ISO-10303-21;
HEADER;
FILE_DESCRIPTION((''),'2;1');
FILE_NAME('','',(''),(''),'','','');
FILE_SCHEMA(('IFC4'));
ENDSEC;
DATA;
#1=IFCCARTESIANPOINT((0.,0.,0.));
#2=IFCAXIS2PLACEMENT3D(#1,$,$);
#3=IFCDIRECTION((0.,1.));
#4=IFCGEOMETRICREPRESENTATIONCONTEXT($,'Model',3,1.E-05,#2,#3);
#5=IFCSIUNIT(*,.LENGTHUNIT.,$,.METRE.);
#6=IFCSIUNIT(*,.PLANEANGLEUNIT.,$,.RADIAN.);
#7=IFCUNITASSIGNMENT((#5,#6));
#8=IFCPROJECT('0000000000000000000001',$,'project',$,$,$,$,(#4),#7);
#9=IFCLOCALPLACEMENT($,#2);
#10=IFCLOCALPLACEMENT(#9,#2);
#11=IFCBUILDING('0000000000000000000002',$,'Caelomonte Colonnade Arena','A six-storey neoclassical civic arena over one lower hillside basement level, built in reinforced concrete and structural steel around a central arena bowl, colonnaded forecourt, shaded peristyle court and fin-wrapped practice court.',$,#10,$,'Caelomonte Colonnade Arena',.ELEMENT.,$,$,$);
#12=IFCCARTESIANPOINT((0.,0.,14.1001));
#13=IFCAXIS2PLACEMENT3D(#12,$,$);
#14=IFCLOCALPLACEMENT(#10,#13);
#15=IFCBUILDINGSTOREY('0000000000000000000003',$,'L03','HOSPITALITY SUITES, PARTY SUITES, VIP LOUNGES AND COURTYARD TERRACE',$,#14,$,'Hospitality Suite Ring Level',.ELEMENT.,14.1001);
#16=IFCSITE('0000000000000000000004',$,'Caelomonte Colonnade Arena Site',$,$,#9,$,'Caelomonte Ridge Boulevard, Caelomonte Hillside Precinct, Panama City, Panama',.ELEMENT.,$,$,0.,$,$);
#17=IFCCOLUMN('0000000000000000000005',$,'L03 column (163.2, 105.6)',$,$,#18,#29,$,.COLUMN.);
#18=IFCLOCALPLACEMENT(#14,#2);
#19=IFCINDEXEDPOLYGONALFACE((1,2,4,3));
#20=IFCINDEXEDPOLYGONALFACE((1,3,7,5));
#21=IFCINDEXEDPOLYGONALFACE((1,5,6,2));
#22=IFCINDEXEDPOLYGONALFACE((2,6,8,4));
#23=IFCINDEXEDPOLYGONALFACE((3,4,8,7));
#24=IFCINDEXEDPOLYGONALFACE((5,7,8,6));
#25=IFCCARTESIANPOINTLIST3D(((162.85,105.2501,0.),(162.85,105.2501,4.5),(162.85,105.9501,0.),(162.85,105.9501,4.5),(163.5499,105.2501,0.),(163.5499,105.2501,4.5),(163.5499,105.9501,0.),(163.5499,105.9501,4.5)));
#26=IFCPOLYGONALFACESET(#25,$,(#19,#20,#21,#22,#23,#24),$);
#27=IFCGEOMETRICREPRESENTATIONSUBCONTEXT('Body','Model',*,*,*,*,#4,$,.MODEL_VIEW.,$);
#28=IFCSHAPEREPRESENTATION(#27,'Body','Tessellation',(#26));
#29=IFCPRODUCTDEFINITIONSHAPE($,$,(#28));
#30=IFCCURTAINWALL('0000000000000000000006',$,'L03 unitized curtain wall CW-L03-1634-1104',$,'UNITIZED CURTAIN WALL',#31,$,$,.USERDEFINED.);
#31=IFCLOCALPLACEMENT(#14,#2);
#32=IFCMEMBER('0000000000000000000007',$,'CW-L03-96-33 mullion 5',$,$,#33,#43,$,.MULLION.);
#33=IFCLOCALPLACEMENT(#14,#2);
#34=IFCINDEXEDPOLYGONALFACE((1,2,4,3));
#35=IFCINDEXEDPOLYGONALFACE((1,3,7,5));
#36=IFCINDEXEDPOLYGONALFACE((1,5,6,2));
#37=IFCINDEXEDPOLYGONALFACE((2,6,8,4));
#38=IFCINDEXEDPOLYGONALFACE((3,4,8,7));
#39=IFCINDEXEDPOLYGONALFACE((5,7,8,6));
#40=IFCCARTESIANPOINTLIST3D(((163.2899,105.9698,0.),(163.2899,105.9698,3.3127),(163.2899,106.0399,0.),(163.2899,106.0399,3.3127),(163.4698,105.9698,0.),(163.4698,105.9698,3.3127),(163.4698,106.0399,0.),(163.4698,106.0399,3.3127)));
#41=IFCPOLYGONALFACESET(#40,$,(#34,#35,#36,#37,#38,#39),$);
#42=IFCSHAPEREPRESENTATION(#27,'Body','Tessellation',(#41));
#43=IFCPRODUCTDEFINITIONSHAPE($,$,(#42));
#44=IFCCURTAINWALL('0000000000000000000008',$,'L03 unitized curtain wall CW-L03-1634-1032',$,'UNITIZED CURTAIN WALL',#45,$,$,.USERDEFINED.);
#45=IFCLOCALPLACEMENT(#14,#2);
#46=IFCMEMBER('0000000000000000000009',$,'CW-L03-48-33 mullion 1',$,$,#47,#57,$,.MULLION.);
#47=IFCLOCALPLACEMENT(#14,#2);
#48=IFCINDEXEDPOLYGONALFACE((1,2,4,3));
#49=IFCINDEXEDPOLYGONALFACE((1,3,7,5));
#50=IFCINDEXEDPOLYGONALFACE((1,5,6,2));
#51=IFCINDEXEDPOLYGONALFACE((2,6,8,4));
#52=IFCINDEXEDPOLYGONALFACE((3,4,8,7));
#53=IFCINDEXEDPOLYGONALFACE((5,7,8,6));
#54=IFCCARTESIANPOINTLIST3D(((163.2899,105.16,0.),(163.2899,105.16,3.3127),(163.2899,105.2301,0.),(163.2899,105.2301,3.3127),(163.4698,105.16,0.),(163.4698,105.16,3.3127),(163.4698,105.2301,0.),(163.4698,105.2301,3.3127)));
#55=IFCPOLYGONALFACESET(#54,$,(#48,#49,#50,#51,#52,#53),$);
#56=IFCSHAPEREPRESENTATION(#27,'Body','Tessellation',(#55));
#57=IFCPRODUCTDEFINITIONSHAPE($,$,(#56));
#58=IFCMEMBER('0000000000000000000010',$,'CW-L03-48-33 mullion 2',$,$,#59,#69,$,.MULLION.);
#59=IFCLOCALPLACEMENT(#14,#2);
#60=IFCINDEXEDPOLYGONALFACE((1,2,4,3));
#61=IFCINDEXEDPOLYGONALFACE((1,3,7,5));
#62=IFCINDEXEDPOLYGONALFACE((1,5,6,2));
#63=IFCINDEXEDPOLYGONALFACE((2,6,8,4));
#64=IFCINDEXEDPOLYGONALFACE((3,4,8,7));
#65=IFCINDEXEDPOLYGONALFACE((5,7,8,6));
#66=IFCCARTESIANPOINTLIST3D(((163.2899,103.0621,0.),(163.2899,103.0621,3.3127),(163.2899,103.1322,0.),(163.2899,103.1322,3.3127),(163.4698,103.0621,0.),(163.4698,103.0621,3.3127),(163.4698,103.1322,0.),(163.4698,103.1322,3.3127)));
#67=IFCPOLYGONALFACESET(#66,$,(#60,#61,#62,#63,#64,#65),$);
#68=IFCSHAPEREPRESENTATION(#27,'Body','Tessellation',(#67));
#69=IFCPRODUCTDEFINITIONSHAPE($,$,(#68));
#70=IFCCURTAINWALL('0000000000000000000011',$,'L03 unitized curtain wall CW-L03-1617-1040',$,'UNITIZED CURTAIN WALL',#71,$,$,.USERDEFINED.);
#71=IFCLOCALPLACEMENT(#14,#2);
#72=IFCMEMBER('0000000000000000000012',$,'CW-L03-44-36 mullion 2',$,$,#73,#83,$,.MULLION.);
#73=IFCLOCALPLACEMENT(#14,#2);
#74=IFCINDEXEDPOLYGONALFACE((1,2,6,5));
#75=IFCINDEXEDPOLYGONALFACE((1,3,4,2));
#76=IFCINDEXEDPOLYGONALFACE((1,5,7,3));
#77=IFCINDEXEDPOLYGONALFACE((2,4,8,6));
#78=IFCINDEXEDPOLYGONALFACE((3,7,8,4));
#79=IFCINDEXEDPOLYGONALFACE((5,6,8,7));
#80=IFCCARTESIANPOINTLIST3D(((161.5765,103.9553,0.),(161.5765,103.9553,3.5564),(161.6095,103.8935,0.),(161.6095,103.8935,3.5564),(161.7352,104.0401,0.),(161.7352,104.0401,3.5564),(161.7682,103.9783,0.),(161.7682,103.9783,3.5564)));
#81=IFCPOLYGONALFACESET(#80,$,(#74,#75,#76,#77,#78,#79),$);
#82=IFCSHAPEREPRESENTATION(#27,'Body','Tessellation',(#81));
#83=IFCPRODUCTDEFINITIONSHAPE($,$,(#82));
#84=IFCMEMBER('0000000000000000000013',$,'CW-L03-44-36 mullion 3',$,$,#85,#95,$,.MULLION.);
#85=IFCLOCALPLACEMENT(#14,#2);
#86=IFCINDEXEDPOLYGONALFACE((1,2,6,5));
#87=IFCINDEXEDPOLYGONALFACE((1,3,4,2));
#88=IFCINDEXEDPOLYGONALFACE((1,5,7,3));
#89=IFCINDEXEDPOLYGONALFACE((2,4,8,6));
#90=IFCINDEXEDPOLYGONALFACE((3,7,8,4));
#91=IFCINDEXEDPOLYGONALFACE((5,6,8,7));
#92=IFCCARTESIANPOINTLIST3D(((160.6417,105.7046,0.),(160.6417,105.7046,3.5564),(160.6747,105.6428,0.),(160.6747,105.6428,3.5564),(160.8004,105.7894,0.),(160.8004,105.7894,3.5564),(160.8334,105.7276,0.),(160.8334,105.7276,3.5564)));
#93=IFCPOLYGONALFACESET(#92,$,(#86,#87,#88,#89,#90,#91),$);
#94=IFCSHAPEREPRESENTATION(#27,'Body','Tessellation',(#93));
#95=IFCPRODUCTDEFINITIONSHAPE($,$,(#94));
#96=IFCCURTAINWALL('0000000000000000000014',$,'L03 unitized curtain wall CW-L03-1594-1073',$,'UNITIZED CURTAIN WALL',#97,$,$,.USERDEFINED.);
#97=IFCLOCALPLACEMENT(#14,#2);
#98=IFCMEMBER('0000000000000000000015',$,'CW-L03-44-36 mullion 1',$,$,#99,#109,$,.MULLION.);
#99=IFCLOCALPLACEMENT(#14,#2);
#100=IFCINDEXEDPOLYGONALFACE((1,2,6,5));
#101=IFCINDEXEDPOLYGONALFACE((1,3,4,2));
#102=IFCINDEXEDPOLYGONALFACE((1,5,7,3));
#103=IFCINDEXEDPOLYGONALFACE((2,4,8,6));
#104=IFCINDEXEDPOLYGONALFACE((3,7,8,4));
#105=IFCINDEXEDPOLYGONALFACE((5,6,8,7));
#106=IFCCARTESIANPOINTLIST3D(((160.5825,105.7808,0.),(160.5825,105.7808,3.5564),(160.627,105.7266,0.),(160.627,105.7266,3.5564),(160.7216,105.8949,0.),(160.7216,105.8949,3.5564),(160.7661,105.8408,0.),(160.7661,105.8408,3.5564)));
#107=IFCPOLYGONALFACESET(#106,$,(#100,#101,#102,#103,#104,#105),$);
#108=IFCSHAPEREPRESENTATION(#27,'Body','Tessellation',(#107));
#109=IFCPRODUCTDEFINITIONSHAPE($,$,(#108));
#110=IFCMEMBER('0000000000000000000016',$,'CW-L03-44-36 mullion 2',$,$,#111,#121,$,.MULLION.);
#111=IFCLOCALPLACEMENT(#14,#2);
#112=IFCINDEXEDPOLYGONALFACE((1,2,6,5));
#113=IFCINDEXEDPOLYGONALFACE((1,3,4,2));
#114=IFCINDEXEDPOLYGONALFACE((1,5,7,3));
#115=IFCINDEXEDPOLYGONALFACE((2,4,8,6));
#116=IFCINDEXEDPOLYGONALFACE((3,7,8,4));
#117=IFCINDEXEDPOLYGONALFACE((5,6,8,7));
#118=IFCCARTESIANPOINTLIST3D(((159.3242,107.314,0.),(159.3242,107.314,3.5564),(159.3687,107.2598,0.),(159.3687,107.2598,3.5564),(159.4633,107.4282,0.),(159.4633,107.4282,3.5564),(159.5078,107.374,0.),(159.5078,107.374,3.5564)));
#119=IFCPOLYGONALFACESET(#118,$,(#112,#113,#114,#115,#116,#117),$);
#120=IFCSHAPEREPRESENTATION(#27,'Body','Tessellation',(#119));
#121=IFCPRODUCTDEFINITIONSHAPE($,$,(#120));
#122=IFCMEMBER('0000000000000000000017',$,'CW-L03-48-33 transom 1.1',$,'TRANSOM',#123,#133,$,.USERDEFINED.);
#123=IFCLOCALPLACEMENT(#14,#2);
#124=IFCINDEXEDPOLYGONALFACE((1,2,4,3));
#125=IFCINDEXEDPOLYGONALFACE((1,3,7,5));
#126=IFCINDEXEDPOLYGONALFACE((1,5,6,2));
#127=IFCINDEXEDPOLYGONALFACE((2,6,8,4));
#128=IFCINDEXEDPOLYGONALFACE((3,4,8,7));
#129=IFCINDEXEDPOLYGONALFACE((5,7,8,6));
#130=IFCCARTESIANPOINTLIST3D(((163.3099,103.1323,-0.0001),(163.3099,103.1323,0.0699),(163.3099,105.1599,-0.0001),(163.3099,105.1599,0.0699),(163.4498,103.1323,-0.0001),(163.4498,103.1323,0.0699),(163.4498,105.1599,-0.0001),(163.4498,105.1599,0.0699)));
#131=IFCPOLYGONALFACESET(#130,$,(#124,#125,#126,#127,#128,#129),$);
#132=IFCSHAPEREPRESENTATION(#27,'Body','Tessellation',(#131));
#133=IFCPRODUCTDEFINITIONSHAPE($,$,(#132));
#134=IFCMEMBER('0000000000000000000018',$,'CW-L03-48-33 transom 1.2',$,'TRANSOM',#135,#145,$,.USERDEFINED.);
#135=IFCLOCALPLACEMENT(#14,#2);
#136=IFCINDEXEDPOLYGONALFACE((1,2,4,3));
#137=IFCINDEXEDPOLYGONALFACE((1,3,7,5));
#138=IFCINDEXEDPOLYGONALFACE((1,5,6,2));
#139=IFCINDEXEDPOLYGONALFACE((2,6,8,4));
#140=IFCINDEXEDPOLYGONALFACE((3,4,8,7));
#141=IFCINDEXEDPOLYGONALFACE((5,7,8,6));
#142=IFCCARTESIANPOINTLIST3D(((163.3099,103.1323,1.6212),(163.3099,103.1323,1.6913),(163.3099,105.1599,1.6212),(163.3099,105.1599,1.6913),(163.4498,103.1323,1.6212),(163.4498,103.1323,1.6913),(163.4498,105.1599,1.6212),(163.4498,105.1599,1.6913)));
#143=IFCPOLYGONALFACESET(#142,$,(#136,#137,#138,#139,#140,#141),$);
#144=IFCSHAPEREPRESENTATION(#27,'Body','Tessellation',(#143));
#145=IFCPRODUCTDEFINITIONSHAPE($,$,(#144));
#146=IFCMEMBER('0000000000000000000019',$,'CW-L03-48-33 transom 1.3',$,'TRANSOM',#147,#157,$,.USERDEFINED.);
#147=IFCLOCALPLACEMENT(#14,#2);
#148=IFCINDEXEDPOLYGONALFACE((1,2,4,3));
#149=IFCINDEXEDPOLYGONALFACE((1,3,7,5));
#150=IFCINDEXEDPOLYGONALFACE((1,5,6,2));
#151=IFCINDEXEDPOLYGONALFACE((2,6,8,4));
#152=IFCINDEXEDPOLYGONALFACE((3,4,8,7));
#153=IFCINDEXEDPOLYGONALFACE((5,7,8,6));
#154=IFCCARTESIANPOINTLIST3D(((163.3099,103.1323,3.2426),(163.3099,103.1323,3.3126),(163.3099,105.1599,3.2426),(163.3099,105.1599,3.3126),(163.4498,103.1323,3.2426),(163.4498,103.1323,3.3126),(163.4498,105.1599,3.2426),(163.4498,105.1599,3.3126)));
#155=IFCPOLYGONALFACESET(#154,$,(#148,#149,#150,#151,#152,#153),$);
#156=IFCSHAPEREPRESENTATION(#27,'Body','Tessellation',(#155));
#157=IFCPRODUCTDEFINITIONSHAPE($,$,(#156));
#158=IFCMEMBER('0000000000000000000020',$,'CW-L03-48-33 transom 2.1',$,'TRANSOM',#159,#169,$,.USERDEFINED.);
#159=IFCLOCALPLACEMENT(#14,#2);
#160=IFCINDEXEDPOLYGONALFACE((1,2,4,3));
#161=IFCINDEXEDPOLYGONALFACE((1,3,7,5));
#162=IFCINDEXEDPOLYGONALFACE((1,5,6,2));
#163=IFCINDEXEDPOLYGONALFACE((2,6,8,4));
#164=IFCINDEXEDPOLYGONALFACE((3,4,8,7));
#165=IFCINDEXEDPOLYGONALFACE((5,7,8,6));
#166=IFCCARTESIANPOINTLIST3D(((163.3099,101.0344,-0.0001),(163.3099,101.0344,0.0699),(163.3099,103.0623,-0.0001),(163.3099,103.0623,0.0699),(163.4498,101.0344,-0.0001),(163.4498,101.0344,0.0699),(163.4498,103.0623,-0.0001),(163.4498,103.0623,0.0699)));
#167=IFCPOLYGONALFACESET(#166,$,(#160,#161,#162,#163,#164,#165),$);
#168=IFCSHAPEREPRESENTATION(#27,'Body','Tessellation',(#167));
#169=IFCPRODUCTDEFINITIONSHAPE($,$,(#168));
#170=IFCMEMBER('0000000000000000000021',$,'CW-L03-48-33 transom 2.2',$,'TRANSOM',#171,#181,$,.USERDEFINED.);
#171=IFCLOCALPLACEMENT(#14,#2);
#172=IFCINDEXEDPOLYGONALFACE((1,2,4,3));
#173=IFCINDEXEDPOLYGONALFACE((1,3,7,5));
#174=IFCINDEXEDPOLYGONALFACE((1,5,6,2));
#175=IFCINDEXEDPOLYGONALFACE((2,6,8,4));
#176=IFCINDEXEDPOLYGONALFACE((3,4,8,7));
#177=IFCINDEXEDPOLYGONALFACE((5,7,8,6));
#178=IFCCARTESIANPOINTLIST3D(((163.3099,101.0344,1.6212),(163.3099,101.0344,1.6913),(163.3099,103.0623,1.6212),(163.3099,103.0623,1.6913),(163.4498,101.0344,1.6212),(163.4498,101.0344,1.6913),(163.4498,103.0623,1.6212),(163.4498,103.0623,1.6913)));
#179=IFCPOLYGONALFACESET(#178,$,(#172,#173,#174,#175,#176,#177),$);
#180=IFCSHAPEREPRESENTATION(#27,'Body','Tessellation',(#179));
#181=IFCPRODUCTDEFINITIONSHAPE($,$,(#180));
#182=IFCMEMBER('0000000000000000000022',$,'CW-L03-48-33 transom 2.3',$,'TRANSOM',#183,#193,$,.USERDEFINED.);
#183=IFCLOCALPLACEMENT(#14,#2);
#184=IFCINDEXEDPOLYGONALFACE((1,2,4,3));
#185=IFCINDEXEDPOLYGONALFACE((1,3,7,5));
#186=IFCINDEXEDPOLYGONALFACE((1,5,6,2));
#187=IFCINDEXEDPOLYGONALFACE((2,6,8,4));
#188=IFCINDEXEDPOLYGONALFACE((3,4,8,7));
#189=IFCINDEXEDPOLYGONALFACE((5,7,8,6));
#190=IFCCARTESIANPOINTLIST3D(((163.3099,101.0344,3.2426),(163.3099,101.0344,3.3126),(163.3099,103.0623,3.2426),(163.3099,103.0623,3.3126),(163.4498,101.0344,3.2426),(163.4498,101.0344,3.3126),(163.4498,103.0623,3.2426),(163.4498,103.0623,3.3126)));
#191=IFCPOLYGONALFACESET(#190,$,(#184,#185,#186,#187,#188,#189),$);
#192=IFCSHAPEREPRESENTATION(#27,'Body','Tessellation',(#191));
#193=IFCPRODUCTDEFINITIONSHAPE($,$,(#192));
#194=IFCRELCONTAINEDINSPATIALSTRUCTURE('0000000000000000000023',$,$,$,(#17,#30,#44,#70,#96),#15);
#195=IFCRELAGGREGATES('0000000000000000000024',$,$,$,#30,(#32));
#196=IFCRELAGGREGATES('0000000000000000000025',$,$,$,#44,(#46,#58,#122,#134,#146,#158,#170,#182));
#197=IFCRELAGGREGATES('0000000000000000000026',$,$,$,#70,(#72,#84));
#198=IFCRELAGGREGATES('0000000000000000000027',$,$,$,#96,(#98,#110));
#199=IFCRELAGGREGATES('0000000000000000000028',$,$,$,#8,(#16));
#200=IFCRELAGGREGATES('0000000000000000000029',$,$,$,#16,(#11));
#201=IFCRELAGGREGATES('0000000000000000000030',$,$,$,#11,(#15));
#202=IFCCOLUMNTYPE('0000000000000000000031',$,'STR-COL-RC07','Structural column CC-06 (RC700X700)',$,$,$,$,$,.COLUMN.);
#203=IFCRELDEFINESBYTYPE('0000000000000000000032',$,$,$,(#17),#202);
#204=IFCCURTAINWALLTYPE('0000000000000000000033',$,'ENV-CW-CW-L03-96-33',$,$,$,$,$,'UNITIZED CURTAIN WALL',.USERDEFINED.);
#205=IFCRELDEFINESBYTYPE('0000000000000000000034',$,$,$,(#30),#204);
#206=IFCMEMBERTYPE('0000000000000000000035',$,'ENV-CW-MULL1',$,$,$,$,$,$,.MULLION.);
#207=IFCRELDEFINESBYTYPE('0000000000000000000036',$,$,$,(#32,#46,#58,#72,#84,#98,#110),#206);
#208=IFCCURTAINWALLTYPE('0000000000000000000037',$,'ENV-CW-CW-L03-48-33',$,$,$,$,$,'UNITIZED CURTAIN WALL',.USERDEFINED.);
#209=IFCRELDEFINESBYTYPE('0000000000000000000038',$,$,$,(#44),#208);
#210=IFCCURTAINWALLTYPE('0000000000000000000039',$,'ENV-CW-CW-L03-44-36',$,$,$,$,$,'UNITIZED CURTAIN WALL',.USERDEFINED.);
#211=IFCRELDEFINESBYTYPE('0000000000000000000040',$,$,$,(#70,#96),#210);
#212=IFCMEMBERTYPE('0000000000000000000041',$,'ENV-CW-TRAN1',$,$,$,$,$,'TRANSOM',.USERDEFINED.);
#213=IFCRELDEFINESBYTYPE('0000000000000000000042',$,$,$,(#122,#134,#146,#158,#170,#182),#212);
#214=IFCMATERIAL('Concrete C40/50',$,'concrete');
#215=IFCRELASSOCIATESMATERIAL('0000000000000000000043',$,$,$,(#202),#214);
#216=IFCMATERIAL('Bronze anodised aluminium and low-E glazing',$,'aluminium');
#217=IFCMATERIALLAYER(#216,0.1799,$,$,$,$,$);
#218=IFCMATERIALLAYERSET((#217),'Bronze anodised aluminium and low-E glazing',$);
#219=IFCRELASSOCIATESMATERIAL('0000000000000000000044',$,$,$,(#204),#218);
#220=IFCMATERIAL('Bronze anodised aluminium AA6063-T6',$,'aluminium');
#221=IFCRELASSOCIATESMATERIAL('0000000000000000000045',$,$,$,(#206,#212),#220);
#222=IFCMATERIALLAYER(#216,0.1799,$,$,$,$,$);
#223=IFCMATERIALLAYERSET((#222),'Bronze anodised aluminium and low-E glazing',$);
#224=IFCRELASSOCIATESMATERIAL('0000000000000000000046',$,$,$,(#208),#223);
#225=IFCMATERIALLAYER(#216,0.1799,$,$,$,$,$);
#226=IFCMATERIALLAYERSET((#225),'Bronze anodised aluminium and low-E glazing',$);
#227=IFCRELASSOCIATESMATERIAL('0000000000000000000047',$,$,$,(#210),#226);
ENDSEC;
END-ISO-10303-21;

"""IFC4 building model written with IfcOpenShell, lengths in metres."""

from ifc_helpers import new_model, si_unit, direction, frame, origin, origin_2d, place, context, subcontext, project, spatial, rectangle, extrude, material, layer, layer_set, material_profile, profile_set, type_object, element, aggregate, save


model = new_model("IFC4")

# Units and contexts
model_context = context("Model", 3, precision=1e-05, world=origin(), true_north=direction((0.0, 1.0)))
body_context = subcontext(model_context, "Body", "Model", "MODEL_VIEW")
ifc_project = project(units=[si_unit("LENGTHUNIT", "METRE"), si_unit("PLANEANGLEUNIT", "RADIAN")], contexts=[model_context])

# Site, building, storey
site_placement = place(None, origin())
site = spatial("IfcSite", under=ifc_project, at=site_placement, Name="Caelomonte Colonnade Arena Site", LongName="Caelomonte Ridge Boulevard, Caelomonte Hillside Precinct, Panama City, Panama", CompositionType="ELEMENT", RefElevation=0.0)
building_placement = place(site_placement, origin())
building = spatial("IfcBuilding", under=site, at=building_placement, Name="Caelomonte Colonnade Arena", Description="A six-storey neoclassical civic arena over one lower hillside basement level, built in reinforced concrete and structural steel around a central arena bowl, colonnaded forecourt, shaded peristyle court and fin-wrapped practice court.", LongName="Caelomonte Colonnade Arena", CompositionType="ELEMENT")
storey_placement = place(building_placement, frame((0.0, 0.0, 14.1001)))
storey = spatial("IfcBuildingStorey", under=building, at=storey_placement, Name="L03", Description="HOSPITALITY SUITES, PARTY SUITES, VIP LOUNGES AND COURTYARD TERRACE", LongName="Hospitality Suite Ring Level", CompositionType="ELEMENT", Elevation=14.1001)

# Column
ifc_material_1 = material(Name="Concrete C40/50", Category="concrete")
ifc_material_profile_1 = material_profile(ifc_material_1, rectangle(XDim=0.7, YDim=0.7, at=origin_2d()), Name="RC700X700")
ifc_profile_set_1 = profile_set([ifc_material_profile_1], Name="Concrete C40/50")
column_type = type_object("IfcColumnType", Name="STR-COL-RC07", Description="Structural column CC-06 (RC700X700)", PredefinedType="COLUMN", material=ifc_profile_set_1)
column_placement = place(storey_placement, frame((163.2, 105.6001, 0.0), z_axis=(0.0, 0.0, 1.0), x_axis=(1.0, 0.0, 0.0)))
element("IfcColumn", 1, at=column_placement, inside=storey, type_object=column_type, Name="L03 column (163.2, 105.6)", PredefinedType="COLUMN", context=body_context, shape_type="SweptSolid", body=[
    extrude(rectangle(XDim=0.7, YDim=0.7, at=origin_2d()), origin(), (0.0, 0.0, 1.0), 4.5),
])

# Curtain wall, member
ifc_material_2 = material(Name="Bronze anodised aluminium and low-E glazing", Category="aluminium")
ifc_layer_1 = layer(ifc_material_2, 0.1799)
ifc_layer_set_1 = layer_set([ifc_layer_1], Name="Bronze anodised aluminium and low-E glazing")
curtain_wall_type_1 = type_object("IfcCurtainWallType", Name="ENV-CW-CW-L03-96-33", ElementType="UNITIZED CURTAIN WALL", PredefinedType="USERDEFINED", material=ifc_layer_set_1)
curtain_wall_1_placement = place(storey_placement, origin())
curtain_wall_1 = element("IfcCurtainWall", 2, at=curtain_wall_1_placement, inside=storey, type_object=curtain_wall_type_1, Name="L03 unitized curtain wall CW-L03-1634-1104", ObjectType="UNITIZED CURTAIN WALL", PredefinedType="USERDEFINED")
ifc_material_3 = material(Name="Bronze anodised aluminium AA6063-T6", Category="aluminium")
ifc_material_profile_2 = material_profile(ifc_material_3, rectangle(XDim=0.0701, YDim=0.1799, at=origin_2d()), Name="CWM-70X180")
ifc_profile_set_2 = profile_set([ifc_material_profile_2], Name="Bronze anodised aluminium AA6063-T6")
member_type_1 = type_object("IfcMemberType", Name="ENV-CW-MULL1", PredefinedType="MULLION", material=ifc_profile_set_2)
member_1_placement = place(storey_placement, frame((163.3799, 106.0049, 0.0), z_axis=(0.0, 0.0, 1.0), x_axis=(0.0, -1.0, 0.0)))
member_1 = element("IfcMember", 3, at=member_1_placement, type_object=member_type_1, Name="CW-L03-96-33 mullion 5", PredefinedType="MULLION", context=body_context, shape_type="SweptSolid", body=[
    extrude(rectangle(XDim=0.0701, YDim=0.1799, at=origin_2d()), origin(), (0.0, 0.0, 1.0), 3.3127),
])

# Curtain walls, members
ifc_layer_2 = layer(ifc_material_2, 0.1799)
ifc_layer_set_2 = layer_set([ifc_layer_2], Name="Bronze anodised aluminium and low-E glazing")
curtain_wall_type_2 = type_object("IfcCurtainWallType", Name="ENV-CW-CW-L03-48-33", ElementType="UNITIZED CURTAIN WALL", PredefinedType="USERDEFINED", material=ifc_layer_set_2)
curtain_wall_2_placement = place(storey_placement, origin())
curtain_wall_2 = element("IfcCurtainWall", 4, at=curtain_wall_2_placement, inside=storey, type_object=curtain_wall_type_2, Name="L03 unitized curtain wall CW-L03-1634-1032", ObjectType="UNITIZED CURTAIN WALL", PredefinedType="USERDEFINED")
member_2_placement = place(storey_placement, frame((163.3799, 105.1951, 0.0), z_axis=(0.0, 0.0, 1.0), x_axis=(0.0, -1.0, 0.0)))
member_2 = element("IfcMember", 5, at=member_2_placement, type_object=member_type_1, Name="CW-L03-48-33 mullion 1", PredefinedType="MULLION", context=body_context, shape_type="SweptSolid", body=[
    extrude(rectangle(XDim=0.0701, YDim=0.1799, at=origin_2d()), origin(), (0.0, 0.0, 1.0), 3.3127),
])
member_3_placement = place(storey_placement, frame((163.3799, 103.0972, 0.0), z_axis=(0.0, 0.0, 1.0), x_axis=(0.0, -1.0, 0.0)))
member_3 = element("IfcMember", 6, at=member_3_placement, type_object=member_type_1, Name="CW-L03-48-33 mullion 2", PredefinedType="MULLION", context=body_context, shape_type="SweptSolid", body=[
    extrude(rectangle(XDim=0.0701, YDim=0.1799, at=origin_2d()), origin(), (0.0, 0.0, 1.0), 3.3127),
])
ifc_layer_3 = layer(ifc_material_2, 0.1799)
ifc_layer_set_3 = layer_set([ifc_layer_3], Name="Bronze anodised aluminium and low-E glazing")
curtain_wall_type_3 = type_object("IfcCurtainWallType", Name="ENV-CW-CW-L03-44-36", ElementType="UNITIZED CURTAIN WALL", PredefinedType="USERDEFINED", material=ifc_layer_set_3)
curtain_wall_3_placement = place(storey_placement, origin())
curtain_wall_3 = element("IfcCurtainWall", 7, at=curtain_wall_3_placement, inside=storey, type_object=curtain_wall_type_3, Name="L03 unitized curtain wall CW-L03-1617-1040", ObjectType="UNITIZED CURTAIN WALL", PredefinedType="USERDEFINED")
member_4_placement = place(storey_placement, frame((161.6724, 103.9668, 0.0), z_axis=(0.0, 0.0, 1.0), x_axis=(-0.471394, 0.881923, 0.0)))
member_4 = element("IfcMember", 8, at=member_4_placement, type_object=member_type_1, Name="CW-L03-44-36 mullion 2", PredefinedType="MULLION", context=body_context, shape_type="SweptSolid", body=[
    extrude(rectangle(XDim=0.0701, YDim=0.1799, at=origin_2d()), origin(), (0.0, 0.0, 1.0), 3.5564),
])
member_5_placement = place(storey_placement, frame((160.7375, 105.7161, 0.0), z_axis=(0.0, 0.0, 1.0), x_axis=(-0.471394, 0.881923, 0.0)))
member_5 = element("IfcMember", 9, at=member_5_placement, type_object=member_type_1, Name="CW-L03-44-36 mullion 3", PredefinedType="MULLION", context=body_context, shape_type="SweptSolid", body=[
    extrude(rectangle(XDim=0.0701, YDim=0.1799, at=origin_2d()), origin(), (0.0, 0.0, 1.0), 3.5564),
])
curtain_wall_4_placement = place(storey_placement, origin())
curtain_wall_4 = element("IfcCurtainWall", 10, at=curtain_wall_4_placement, inside=storey, type_object=curtain_wall_type_3, Name="L03 unitized curtain wall CW-L03-1594-1073", ObjectType="UNITIZED CURTAIN WALL", PredefinedType="USERDEFINED")
member_6_placement = place(storey_placement, frame((160.6743, 105.8108, 0.0), z_axis=(0.0, 0.0, 1.0), x_axis=(-0.634416, 0.772992, 0.0)))
member_6 = element("IfcMember", 11, at=member_6_placement, type_object=member_type_1, Name="CW-L03-44-36 mullion 1", PredefinedType="MULLION", context=body_context, shape_type="SweptSolid", body=[
    extrude(rectangle(XDim=0.0701, YDim=0.1799, at=origin_2d()), origin(), (0.0, 0.0, 1.0), 3.5564),
])
member_7_placement = place(storey_placement, frame((159.416, 107.344, 0.0), z_axis=(0.0, 0.0, 1.0), x_axis=(-0.634416, 0.772992, 0.0)))
member_7 = element("IfcMember", 12, at=member_7_placement, type_object=member_type_1, Name="CW-L03-44-36 mullion 2", PredefinedType="MULLION", context=body_context, shape_type="SweptSolid", body=[
    extrude(rectangle(XDim=0.0701, YDim=0.1799, at=origin_2d()), origin(), (0.0, 0.0, 1.0), 3.5564),
])

# Members
ifc_material_profile_3 = material_profile(ifc_material_3, rectangle(XDim=0.0701, YDim=0.1399, at=origin_2d()), Name="CWT-70X140")
ifc_profile_set_3 = profile_set([ifc_material_profile_3], Name="Bronze anodised aluminium AA6063-T6")
member_type_2 = type_object("IfcMemberType", Name="ENV-CW-TRAN1", ElementType="TRANSOM", PredefinedType="USERDEFINED", material=ifc_profile_set_3)
member_8_placement = place(storey_placement, frame((163.3799, 105.1599, 0.0349), z_axis=(0.0, -1.0, 0.0), x_axis=(0.0, 0.0, 1.0)))
member_8 = element("IfcMember", 13, at=member_8_placement, type_object=member_type_2, Name="CW-L03-48-33 transom 1.1", ObjectType="TRANSOM", PredefinedType="USERDEFINED", context=body_context, shape_type="SweptSolid", body=[
    extrude(rectangle(XDim=0.0701, YDim=0.1399, at=origin_2d()), origin(), (0.0, 0.0, 1.0), 2.0276),
])
member_9_placement = place(storey_placement, frame((163.3799, 105.1599, 1.6562), z_axis=(0.0, -1.0, 0.0), x_axis=(0.0, 0.0, 1.0)))
member_9 = element("IfcMember", 14, at=member_9_placement, type_object=member_type_2, Name="CW-L03-48-33 transom 1.2", ObjectType="TRANSOM", PredefinedType="USERDEFINED", context=body_context, shape_type="SweptSolid", body=[
    extrude(rectangle(XDim=0.0701, YDim=0.1399, at=origin_2d()), origin(), (0.0, 0.0, 1.0), 2.0276),
])
member_10_placement = place(storey_placement, frame((163.3799, 105.1599, 3.2776), z_axis=(0.0, -1.0, 0.0), x_axis=(0.0, 0.0, 1.0)))
member_10 = element("IfcMember", 15, at=member_10_placement, type_object=member_type_2, Name="CW-L03-48-33 transom 1.3", ObjectType="TRANSOM", PredefinedType="USERDEFINED", context=body_context, shape_type="SweptSolid", body=[
    extrude(rectangle(XDim=0.0701, YDim=0.1399, at=origin_2d()), origin(), (0.0, 0.0, 1.0), 2.0276),
])
member_11_placement = place(storey_placement, frame((163.3799, 103.0623, 0.0349), z_axis=(0.0, -1.0, 0.0), x_axis=(0.0, 0.0, 1.0)))
member_11 = element("IfcMember", 16, at=member_11_placement, type_object=member_type_2, Name="CW-L03-48-33 transom 2.1", ObjectType="TRANSOM", PredefinedType="USERDEFINED", context=body_context, shape_type="SweptSolid", body=[
    extrude(rectangle(XDim=0.0701, YDim=0.1399, at=origin_2d()), origin(), (0.0, 0.0, 1.0), 2.0278),
])
member_12_placement = place(storey_placement, frame((163.3799, 103.0623, 1.6562), z_axis=(0.0, -1.0, 0.0), x_axis=(0.0, 0.0, 1.0)))
member_12 = element("IfcMember", 17, at=member_12_placement, type_object=member_type_2, Name="CW-L03-48-33 transom 2.2", ObjectType="TRANSOM", PredefinedType="USERDEFINED", context=body_context, shape_type="SweptSolid", body=[
    extrude(rectangle(XDim=0.0701, YDim=0.1399, at=origin_2d()), origin(), (0.0, 0.0, 1.0), 2.0278),
])
member_13_placement = place(storey_placement, frame((163.3799, 103.0623, 3.2776), z_axis=(0.0, -1.0, 0.0), x_axis=(0.0, 0.0, 1.0)))
member_13 = element("IfcMember", 18, at=member_13_placement, type_object=member_type_2, Name="CW-L03-48-33 transom 2.3", ObjectType="TRANSOM", PredefinedType="USERDEFINED", context=body_context, shape_type="SweptSolid", body=[
    extrude(rectangle(XDim=0.0701, YDim=0.1399, at=origin_2d()), origin(), (0.0, 0.0, 1.0), 2.0278),
])

aggregate(curtain_wall_1, [member_1])
aggregate(curtain_wall_2, [member_2, member_3, member_8, member_9, member_10, member_11, member_12, member_13])
aggregate(curtain_wall_3, [member_4, member_5])
aggregate(curtain_wall_4, [member_6, member_7])

save(model, "model.ifc")
